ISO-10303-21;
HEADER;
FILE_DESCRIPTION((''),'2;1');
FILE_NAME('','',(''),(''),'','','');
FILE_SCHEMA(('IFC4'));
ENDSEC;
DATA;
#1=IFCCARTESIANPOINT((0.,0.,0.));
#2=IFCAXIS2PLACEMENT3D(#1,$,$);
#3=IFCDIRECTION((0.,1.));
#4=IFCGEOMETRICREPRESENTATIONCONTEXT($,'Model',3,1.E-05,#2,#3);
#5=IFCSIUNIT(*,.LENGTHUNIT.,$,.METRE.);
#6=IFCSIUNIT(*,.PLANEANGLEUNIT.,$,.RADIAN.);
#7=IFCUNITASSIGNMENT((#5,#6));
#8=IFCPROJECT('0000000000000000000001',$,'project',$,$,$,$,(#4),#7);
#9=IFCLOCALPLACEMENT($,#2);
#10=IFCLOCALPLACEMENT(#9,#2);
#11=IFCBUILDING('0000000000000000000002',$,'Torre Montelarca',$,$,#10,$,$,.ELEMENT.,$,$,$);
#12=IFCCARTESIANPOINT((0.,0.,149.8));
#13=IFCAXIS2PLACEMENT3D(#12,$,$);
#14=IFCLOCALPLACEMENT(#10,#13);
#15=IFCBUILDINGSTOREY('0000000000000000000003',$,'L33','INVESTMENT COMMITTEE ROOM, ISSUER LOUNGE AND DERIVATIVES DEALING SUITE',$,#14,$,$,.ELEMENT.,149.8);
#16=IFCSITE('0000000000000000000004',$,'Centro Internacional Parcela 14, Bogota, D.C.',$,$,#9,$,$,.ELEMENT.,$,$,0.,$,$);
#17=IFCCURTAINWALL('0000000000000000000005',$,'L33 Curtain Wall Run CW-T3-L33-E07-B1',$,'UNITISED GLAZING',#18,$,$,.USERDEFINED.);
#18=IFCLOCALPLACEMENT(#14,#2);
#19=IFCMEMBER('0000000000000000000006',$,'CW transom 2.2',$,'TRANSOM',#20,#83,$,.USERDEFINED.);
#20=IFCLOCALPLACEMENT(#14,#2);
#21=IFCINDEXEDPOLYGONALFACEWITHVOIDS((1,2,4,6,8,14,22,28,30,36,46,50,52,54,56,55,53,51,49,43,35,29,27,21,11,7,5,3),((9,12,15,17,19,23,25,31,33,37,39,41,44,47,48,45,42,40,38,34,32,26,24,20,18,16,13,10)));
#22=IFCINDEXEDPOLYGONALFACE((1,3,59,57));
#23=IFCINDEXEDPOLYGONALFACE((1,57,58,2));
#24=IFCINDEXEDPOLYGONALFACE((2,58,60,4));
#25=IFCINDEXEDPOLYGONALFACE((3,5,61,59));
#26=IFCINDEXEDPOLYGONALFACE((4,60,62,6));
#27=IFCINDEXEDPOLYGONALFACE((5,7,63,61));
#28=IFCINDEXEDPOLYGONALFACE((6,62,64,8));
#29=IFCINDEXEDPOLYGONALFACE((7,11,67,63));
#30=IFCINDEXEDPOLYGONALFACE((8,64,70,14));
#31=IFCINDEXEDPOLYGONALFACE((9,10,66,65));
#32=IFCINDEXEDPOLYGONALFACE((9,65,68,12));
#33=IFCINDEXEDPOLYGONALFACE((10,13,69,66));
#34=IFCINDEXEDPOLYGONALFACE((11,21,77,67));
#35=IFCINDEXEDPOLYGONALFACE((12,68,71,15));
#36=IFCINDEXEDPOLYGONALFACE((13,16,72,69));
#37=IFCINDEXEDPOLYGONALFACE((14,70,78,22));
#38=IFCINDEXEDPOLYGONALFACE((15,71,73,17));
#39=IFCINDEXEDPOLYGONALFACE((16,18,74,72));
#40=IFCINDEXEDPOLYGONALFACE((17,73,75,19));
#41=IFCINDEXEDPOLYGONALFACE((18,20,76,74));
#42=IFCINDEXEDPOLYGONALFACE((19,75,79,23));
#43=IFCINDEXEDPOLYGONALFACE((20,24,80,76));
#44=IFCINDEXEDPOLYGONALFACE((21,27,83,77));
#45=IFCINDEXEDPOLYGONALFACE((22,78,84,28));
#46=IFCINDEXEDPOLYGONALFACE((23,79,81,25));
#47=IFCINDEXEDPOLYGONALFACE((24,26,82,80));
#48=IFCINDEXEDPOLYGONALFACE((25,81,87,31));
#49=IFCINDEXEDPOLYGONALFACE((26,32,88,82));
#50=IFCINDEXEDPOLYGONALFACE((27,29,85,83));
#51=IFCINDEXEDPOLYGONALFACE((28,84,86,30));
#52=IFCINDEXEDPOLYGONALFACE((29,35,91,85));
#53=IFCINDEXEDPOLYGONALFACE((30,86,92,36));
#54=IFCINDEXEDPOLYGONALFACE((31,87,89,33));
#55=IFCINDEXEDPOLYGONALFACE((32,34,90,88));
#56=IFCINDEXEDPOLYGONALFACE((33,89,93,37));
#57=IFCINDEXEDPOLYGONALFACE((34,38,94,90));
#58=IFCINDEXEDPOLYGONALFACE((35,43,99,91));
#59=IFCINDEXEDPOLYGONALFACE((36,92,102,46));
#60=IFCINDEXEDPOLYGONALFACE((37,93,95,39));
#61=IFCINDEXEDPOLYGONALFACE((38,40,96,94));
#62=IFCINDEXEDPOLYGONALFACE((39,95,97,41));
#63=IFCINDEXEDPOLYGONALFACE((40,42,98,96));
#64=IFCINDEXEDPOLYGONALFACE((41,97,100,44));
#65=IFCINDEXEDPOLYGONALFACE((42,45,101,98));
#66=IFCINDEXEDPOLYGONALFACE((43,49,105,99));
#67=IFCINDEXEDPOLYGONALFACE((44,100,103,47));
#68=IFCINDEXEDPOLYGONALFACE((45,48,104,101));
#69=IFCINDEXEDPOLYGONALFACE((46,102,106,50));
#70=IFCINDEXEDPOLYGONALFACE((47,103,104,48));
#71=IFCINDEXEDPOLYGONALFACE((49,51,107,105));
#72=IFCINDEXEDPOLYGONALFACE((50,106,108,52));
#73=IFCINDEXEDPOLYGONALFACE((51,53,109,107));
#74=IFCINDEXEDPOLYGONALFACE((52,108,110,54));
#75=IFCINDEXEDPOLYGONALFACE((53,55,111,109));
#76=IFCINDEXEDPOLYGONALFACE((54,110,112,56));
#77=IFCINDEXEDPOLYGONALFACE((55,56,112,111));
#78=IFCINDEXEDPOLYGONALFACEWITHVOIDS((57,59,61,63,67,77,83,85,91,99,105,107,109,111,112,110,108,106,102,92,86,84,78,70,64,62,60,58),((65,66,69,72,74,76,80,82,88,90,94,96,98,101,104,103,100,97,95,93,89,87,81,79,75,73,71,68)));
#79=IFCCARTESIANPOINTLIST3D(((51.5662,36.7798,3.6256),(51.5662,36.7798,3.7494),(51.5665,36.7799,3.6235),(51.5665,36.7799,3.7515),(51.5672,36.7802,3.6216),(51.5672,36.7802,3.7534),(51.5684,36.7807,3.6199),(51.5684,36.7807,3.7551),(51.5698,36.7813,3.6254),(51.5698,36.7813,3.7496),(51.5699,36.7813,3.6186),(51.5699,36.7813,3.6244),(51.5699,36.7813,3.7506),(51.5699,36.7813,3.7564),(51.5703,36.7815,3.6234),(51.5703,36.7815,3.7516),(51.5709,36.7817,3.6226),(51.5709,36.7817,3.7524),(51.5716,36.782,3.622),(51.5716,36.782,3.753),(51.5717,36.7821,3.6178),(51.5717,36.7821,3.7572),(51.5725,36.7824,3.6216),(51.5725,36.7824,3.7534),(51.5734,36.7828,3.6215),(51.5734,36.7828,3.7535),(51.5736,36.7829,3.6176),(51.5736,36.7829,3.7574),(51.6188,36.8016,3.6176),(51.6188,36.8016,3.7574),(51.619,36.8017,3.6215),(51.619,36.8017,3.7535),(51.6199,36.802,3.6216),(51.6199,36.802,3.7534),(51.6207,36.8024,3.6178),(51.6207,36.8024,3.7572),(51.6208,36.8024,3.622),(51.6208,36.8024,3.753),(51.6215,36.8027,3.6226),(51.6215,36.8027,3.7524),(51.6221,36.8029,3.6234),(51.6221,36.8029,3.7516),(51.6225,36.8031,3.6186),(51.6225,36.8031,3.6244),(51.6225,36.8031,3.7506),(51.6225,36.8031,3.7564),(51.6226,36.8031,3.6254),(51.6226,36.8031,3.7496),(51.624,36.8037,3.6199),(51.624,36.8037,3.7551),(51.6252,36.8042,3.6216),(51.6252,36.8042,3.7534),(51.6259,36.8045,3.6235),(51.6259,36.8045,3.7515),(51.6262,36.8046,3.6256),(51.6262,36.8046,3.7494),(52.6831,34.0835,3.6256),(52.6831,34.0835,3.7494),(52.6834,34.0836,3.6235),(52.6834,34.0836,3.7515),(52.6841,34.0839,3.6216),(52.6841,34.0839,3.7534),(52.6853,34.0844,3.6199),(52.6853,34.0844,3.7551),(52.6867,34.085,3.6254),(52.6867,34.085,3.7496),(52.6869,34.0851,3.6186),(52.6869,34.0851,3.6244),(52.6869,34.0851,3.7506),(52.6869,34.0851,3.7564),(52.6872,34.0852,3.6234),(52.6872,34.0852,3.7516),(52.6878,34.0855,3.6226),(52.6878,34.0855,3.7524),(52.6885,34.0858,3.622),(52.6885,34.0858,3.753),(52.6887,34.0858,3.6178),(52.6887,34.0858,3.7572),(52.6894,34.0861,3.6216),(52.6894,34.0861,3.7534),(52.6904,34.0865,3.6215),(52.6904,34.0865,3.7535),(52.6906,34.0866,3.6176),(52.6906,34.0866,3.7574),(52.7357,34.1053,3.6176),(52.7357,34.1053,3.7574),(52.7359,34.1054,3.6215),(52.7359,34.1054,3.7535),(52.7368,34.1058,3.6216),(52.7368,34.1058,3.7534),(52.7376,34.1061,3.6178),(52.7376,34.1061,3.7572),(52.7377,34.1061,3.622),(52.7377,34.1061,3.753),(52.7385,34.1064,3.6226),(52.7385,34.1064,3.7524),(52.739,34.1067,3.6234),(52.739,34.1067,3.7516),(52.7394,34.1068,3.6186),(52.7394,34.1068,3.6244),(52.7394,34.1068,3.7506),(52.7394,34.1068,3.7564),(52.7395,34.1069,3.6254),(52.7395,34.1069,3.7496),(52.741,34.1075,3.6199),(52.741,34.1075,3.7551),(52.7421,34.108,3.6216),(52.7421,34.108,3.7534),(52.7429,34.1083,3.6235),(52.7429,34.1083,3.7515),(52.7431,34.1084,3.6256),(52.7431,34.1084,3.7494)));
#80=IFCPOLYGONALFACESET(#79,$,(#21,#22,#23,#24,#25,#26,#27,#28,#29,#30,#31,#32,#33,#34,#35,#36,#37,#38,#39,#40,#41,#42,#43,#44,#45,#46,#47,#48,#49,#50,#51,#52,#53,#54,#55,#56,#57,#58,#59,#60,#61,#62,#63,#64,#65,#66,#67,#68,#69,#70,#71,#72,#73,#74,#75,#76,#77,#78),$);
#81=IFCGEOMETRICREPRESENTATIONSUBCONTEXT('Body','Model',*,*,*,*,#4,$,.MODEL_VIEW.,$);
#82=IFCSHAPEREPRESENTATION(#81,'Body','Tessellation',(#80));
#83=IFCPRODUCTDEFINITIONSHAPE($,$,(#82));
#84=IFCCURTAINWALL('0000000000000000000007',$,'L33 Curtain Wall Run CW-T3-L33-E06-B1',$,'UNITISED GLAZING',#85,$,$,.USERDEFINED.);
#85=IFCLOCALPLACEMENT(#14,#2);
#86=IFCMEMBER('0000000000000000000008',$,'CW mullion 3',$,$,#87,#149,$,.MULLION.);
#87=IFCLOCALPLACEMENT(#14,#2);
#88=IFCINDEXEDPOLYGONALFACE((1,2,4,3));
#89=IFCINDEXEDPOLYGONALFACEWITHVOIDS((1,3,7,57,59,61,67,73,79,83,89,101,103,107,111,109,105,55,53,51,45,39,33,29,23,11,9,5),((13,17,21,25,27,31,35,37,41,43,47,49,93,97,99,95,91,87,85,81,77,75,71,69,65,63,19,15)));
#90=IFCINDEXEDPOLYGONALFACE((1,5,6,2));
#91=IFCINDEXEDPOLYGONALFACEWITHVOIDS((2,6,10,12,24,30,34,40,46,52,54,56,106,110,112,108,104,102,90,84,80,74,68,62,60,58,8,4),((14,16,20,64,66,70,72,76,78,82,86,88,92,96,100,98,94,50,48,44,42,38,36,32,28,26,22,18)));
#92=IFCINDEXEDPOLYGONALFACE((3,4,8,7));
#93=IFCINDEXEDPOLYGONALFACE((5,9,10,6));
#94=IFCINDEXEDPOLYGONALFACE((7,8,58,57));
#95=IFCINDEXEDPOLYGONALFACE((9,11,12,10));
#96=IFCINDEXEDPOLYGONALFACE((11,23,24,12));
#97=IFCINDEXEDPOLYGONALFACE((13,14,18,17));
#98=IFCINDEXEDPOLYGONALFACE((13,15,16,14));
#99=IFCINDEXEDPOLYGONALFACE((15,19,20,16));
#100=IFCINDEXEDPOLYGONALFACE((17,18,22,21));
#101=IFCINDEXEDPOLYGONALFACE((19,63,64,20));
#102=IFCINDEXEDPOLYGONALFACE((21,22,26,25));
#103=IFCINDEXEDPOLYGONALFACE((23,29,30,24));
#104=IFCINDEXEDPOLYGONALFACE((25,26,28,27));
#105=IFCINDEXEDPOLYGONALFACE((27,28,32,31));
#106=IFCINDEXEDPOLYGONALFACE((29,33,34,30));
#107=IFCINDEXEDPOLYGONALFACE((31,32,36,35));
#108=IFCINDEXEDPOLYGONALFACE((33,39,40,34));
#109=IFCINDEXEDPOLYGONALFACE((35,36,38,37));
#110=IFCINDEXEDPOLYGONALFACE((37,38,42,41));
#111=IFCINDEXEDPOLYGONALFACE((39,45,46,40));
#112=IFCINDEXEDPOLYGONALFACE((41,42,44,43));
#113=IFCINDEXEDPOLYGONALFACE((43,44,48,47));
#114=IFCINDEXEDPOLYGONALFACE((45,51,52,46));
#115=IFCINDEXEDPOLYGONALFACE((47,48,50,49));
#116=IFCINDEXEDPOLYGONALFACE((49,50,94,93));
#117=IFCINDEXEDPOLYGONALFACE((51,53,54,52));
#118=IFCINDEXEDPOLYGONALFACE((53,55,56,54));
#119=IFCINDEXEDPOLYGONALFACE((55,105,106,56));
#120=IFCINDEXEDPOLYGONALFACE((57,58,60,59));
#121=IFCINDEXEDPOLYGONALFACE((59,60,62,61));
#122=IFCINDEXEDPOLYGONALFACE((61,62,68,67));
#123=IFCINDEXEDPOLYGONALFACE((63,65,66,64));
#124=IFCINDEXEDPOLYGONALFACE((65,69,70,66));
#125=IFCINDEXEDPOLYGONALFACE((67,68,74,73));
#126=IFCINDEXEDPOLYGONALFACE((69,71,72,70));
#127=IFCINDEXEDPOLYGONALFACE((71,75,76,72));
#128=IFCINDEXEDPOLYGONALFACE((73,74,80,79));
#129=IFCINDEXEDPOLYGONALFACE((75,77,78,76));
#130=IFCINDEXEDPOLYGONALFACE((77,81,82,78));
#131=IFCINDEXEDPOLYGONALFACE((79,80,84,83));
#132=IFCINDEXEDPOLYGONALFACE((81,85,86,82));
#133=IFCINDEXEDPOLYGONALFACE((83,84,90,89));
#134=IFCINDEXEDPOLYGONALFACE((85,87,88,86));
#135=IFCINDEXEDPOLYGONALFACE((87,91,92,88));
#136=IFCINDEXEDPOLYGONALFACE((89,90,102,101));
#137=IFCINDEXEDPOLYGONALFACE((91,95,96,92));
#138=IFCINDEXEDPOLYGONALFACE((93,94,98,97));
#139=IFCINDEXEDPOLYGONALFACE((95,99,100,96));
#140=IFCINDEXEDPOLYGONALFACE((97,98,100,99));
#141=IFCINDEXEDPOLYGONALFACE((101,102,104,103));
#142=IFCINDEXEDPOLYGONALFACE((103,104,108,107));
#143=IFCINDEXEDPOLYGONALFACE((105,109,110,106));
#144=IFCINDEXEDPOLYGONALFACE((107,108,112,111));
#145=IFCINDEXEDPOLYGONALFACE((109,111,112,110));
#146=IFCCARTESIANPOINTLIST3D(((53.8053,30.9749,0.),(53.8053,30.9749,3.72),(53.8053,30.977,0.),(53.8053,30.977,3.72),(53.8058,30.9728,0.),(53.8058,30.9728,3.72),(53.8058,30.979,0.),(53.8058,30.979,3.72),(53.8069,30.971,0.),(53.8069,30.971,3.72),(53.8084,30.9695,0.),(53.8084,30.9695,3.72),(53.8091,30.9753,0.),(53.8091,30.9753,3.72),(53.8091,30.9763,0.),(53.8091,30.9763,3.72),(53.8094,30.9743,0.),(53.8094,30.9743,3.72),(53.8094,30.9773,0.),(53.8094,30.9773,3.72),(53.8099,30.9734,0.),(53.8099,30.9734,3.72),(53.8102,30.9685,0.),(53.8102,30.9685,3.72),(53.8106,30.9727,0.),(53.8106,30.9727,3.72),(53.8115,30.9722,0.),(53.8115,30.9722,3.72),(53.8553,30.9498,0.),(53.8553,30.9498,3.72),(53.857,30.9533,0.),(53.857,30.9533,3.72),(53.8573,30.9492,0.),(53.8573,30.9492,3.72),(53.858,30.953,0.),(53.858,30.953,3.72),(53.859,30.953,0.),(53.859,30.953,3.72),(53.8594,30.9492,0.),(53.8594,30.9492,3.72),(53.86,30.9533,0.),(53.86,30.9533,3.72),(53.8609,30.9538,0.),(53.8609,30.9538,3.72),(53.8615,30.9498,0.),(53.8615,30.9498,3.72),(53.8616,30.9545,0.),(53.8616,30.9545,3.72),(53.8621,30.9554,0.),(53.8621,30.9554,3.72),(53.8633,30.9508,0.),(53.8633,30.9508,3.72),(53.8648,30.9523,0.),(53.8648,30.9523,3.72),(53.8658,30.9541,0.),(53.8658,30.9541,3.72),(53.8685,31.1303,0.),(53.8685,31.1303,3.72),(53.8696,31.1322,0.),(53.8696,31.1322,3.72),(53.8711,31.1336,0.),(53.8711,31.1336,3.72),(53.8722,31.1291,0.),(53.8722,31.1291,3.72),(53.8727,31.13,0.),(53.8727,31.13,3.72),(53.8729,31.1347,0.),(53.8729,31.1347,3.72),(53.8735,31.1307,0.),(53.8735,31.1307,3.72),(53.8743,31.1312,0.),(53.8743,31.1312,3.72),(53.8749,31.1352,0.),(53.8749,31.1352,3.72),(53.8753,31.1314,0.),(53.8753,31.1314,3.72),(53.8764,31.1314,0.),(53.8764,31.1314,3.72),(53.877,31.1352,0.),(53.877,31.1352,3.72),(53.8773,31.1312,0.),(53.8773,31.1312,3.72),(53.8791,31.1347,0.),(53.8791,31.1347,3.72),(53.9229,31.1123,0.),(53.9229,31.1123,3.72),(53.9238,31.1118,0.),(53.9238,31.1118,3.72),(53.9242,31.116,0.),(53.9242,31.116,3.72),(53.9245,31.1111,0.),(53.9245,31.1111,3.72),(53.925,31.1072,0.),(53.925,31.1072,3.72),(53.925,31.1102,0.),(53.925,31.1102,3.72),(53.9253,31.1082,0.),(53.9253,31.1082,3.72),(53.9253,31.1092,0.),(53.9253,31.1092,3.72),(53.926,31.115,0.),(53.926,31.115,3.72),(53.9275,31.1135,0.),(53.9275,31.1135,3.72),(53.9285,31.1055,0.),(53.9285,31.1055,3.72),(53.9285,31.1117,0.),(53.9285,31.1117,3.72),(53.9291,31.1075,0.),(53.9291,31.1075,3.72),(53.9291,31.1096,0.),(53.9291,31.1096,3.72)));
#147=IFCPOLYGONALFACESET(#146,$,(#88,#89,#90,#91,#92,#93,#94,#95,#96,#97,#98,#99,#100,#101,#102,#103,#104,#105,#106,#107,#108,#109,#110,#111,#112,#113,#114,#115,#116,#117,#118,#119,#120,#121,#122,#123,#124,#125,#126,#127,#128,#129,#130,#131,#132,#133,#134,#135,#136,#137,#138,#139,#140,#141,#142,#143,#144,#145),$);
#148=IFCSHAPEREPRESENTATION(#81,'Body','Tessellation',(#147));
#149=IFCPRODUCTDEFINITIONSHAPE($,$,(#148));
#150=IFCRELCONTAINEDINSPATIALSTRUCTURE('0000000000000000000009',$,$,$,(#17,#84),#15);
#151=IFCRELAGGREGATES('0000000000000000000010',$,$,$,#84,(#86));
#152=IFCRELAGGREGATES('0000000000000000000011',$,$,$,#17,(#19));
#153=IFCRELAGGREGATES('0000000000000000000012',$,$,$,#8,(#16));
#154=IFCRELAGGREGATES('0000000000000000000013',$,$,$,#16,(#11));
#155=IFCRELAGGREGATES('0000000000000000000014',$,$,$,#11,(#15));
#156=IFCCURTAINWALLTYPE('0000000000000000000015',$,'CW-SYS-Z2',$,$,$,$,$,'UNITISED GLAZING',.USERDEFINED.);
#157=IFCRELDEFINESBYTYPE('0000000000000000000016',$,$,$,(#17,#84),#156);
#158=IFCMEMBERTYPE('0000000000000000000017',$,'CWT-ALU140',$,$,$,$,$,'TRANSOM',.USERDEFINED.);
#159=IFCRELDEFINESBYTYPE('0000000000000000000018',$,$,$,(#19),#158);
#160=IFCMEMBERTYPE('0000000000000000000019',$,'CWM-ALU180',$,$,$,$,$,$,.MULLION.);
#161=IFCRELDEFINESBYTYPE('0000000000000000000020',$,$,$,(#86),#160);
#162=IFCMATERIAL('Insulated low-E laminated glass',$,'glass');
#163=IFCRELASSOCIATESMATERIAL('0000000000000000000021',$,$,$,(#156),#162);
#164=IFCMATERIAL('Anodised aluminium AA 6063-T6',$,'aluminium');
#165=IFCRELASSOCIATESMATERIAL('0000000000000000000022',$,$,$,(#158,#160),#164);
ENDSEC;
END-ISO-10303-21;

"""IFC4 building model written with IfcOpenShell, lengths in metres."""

from ifc_helpers import new_model, si_unit, direction, frame, origin, origin_2d, place, context, subcontext, project, spatial, hollow_rectangle, extrude, source, transform, mapped, material, material_profile, profile_set, type_object, element, aggregate, save


model = new_model("IFC4")

# Units and contexts
model_context = context("Model", 3, precision=1e-05, world=origin(), true_north=direction((0.0, 1.0)))
body_context = subcontext(model_context, "Body", "Model", "MODEL_VIEW")
ifc_project = project(units=[si_unit("LENGTHUNIT", "METRE"), si_unit("PLANEANGLEUNIT", "RADIAN")], contexts=[model_context])

# Site, building, storey
site_placement = place(None, origin())
site = spatial("IfcSite", under=ifc_project, at=site_placement, Name="Centro Internacional Parcela 14, Bogota, D.C.", CompositionType="ELEMENT", RefElevation=0.0)
building_placement = place(site_placement, origin())
building = spatial("IfcBuilding", under=site, at=building_placement, Name="Torre Montelarca", CompositionType="ELEMENT")
storey_placement = place(building_placement, frame((0.0, 0.0, 149.8)))
storey = spatial("IfcBuildingStorey", under=building, at=storey_placement, Name="L33", Description="INVESTMENT COMMITTEE ROOM, ISSUER LOUNGE AND DERIVATIVES DEALING SUITE", CompositionType="ELEMENT", Elevation=149.8)

# Curtain wall, member
ifc_material_1 = material(Name="Insulated low-E laminated glass", Category="glass")
curtain_wall_type = type_object("IfcCurtainWallType", Name="CW-SYS-Z2", ElementType="UNITISED GLAZING", PredefinedType="USERDEFINED", material=ifc_material_1)
curtain_wall_1_placement = place(storey_placement, origin())
curtain_wall_1 = element("IfcCurtainWall", 1, at=curtain_wall_1_placement, inside=storey, type_object=curtain_wall_type, Name="L33 Curtain Wall Run CW-T3-L33-E07-B1", ObjectType="UNITISED GLAZING", PredefinedType="USERDEFINED")
ifc_material_2 = material(Name="Anodised aluminium AA 6063-T6", Category="aluminium")
ifc_material_profile_1 = material_profile(ifc_material_2, hollow_rectangle(XDim=0.0649, YDim=0.1399, WallThickness=0.0039, InnerFilletRadius=0.0039, OuterFilletRadius=0.0081, at=origin_2d()), Name="ALU65X140X4", Category="aluminium")
ifc_profile_set_1 = profile_set([ifc_material_profile_1], Name="Anodised aluminium AA 6063-T6")
member_type_1 = type_object("IfcMemberType", Name="CWT-ALU140", ElementType="TRANSOM", PredefinedType="USERDEFINED", material=ifc_profile_set_1)
shared_shape_1 = source(origin(), body_context, "Body", "SweptSolid", [
    extrude(hollow_rectangle(XDim=0.0649, YDim=0.1399, WallThickness=0.0039, InnerFilletRadius=0.0039, OuterFilletRadius=0.0081, at=origin_2d()), origin(), (0.0, 0.0, 1.0), 2.9185),
])
member_1_placement = place(storey_placement, frame((52.7131, 34.0959, 3.6875), z_axis=(-0.382714, 0.923867, 0.0), x_axis=(-0.923867, -0.382714, 0.0)))
member_1 = element("IfcMember", 2, at=member_1_placement, type_object=member_type_1, Name="CW transom 2.2", ObjectType="TRANSOM", PredefinedType="USERDEFINED", context=body_context, shape_type="MappedRepresentation", body=[
    mapped(shared_shape_1, transform((0.0, 0.0, 0.0), scale=1.0)),
])

# Curtain wall, member
curtain_wall_2_placement = place(storey_placement, origin())
curtain_wall_2 = element("IfcCurtainWall", 3, at=curtain_wall_2_placement, inside=storey, type_object=curtain_wall_type, Name="L33 Curtain Wall Run CW-T3-L33-E06-B1", ObjectType="UNITISED GLAZING", PredefinedType="USERDEFINED")
ifc_material_profile_2 = material_profile(ifc_material_2, hollow_rectangle(XDim=0.0649, YDim=0.1799, WallThickness=0.0039, InnerFilletRadius=0.0039, OuterFilletRadius=0.0081, at=origin_2d()), Name="ALU65X180X4", Category="aluminium")
ifc_profile_set_2 = profile_set([ifc_material_profile_2], Name="Anodised aluminium AA 6063-T6")
member_type_2 = type_object("IfcMemberType", Name="CWM-ALU180", PredefinedType="MULLION", material=ifc_profile_set_2)
shared_shape_2 = source(origin(), body_context, "Body", "SweptSolid", [
    extrude(hollow_rectangle(XDim=0.0649, YDim=0.1799, WallThickness=0.0039, InnerFilletRadius=0.0039, OuterFilletRadius=0.0081, at=origin_2d()), origin(), (0.0, 0.0, 1.0), 3.72),
])
member_2_placement = place(storey_placement, frame((53.8672, 31.0422, 0.0), z_axis=(0.0, 0.0, 1.0), x_axis=(-0.923881, 0.382679, 0.0)))
member_2 = element("IfcMember", 4, at=member_2_placement, type_object=member_type_2, Name="CW mullion 3", PredefinedType="MULLION", context=body_context, shape_type="MappedRepresentation", body=[
    mapped(shared_shape_2, transform((0.0, 0.0, 0.0), scale=1.0)),
])

aggregate(curtain_wall_2, [member_2])
aggregate(curtain_wall_1, [member_1])

save(model, "model.ifc")
